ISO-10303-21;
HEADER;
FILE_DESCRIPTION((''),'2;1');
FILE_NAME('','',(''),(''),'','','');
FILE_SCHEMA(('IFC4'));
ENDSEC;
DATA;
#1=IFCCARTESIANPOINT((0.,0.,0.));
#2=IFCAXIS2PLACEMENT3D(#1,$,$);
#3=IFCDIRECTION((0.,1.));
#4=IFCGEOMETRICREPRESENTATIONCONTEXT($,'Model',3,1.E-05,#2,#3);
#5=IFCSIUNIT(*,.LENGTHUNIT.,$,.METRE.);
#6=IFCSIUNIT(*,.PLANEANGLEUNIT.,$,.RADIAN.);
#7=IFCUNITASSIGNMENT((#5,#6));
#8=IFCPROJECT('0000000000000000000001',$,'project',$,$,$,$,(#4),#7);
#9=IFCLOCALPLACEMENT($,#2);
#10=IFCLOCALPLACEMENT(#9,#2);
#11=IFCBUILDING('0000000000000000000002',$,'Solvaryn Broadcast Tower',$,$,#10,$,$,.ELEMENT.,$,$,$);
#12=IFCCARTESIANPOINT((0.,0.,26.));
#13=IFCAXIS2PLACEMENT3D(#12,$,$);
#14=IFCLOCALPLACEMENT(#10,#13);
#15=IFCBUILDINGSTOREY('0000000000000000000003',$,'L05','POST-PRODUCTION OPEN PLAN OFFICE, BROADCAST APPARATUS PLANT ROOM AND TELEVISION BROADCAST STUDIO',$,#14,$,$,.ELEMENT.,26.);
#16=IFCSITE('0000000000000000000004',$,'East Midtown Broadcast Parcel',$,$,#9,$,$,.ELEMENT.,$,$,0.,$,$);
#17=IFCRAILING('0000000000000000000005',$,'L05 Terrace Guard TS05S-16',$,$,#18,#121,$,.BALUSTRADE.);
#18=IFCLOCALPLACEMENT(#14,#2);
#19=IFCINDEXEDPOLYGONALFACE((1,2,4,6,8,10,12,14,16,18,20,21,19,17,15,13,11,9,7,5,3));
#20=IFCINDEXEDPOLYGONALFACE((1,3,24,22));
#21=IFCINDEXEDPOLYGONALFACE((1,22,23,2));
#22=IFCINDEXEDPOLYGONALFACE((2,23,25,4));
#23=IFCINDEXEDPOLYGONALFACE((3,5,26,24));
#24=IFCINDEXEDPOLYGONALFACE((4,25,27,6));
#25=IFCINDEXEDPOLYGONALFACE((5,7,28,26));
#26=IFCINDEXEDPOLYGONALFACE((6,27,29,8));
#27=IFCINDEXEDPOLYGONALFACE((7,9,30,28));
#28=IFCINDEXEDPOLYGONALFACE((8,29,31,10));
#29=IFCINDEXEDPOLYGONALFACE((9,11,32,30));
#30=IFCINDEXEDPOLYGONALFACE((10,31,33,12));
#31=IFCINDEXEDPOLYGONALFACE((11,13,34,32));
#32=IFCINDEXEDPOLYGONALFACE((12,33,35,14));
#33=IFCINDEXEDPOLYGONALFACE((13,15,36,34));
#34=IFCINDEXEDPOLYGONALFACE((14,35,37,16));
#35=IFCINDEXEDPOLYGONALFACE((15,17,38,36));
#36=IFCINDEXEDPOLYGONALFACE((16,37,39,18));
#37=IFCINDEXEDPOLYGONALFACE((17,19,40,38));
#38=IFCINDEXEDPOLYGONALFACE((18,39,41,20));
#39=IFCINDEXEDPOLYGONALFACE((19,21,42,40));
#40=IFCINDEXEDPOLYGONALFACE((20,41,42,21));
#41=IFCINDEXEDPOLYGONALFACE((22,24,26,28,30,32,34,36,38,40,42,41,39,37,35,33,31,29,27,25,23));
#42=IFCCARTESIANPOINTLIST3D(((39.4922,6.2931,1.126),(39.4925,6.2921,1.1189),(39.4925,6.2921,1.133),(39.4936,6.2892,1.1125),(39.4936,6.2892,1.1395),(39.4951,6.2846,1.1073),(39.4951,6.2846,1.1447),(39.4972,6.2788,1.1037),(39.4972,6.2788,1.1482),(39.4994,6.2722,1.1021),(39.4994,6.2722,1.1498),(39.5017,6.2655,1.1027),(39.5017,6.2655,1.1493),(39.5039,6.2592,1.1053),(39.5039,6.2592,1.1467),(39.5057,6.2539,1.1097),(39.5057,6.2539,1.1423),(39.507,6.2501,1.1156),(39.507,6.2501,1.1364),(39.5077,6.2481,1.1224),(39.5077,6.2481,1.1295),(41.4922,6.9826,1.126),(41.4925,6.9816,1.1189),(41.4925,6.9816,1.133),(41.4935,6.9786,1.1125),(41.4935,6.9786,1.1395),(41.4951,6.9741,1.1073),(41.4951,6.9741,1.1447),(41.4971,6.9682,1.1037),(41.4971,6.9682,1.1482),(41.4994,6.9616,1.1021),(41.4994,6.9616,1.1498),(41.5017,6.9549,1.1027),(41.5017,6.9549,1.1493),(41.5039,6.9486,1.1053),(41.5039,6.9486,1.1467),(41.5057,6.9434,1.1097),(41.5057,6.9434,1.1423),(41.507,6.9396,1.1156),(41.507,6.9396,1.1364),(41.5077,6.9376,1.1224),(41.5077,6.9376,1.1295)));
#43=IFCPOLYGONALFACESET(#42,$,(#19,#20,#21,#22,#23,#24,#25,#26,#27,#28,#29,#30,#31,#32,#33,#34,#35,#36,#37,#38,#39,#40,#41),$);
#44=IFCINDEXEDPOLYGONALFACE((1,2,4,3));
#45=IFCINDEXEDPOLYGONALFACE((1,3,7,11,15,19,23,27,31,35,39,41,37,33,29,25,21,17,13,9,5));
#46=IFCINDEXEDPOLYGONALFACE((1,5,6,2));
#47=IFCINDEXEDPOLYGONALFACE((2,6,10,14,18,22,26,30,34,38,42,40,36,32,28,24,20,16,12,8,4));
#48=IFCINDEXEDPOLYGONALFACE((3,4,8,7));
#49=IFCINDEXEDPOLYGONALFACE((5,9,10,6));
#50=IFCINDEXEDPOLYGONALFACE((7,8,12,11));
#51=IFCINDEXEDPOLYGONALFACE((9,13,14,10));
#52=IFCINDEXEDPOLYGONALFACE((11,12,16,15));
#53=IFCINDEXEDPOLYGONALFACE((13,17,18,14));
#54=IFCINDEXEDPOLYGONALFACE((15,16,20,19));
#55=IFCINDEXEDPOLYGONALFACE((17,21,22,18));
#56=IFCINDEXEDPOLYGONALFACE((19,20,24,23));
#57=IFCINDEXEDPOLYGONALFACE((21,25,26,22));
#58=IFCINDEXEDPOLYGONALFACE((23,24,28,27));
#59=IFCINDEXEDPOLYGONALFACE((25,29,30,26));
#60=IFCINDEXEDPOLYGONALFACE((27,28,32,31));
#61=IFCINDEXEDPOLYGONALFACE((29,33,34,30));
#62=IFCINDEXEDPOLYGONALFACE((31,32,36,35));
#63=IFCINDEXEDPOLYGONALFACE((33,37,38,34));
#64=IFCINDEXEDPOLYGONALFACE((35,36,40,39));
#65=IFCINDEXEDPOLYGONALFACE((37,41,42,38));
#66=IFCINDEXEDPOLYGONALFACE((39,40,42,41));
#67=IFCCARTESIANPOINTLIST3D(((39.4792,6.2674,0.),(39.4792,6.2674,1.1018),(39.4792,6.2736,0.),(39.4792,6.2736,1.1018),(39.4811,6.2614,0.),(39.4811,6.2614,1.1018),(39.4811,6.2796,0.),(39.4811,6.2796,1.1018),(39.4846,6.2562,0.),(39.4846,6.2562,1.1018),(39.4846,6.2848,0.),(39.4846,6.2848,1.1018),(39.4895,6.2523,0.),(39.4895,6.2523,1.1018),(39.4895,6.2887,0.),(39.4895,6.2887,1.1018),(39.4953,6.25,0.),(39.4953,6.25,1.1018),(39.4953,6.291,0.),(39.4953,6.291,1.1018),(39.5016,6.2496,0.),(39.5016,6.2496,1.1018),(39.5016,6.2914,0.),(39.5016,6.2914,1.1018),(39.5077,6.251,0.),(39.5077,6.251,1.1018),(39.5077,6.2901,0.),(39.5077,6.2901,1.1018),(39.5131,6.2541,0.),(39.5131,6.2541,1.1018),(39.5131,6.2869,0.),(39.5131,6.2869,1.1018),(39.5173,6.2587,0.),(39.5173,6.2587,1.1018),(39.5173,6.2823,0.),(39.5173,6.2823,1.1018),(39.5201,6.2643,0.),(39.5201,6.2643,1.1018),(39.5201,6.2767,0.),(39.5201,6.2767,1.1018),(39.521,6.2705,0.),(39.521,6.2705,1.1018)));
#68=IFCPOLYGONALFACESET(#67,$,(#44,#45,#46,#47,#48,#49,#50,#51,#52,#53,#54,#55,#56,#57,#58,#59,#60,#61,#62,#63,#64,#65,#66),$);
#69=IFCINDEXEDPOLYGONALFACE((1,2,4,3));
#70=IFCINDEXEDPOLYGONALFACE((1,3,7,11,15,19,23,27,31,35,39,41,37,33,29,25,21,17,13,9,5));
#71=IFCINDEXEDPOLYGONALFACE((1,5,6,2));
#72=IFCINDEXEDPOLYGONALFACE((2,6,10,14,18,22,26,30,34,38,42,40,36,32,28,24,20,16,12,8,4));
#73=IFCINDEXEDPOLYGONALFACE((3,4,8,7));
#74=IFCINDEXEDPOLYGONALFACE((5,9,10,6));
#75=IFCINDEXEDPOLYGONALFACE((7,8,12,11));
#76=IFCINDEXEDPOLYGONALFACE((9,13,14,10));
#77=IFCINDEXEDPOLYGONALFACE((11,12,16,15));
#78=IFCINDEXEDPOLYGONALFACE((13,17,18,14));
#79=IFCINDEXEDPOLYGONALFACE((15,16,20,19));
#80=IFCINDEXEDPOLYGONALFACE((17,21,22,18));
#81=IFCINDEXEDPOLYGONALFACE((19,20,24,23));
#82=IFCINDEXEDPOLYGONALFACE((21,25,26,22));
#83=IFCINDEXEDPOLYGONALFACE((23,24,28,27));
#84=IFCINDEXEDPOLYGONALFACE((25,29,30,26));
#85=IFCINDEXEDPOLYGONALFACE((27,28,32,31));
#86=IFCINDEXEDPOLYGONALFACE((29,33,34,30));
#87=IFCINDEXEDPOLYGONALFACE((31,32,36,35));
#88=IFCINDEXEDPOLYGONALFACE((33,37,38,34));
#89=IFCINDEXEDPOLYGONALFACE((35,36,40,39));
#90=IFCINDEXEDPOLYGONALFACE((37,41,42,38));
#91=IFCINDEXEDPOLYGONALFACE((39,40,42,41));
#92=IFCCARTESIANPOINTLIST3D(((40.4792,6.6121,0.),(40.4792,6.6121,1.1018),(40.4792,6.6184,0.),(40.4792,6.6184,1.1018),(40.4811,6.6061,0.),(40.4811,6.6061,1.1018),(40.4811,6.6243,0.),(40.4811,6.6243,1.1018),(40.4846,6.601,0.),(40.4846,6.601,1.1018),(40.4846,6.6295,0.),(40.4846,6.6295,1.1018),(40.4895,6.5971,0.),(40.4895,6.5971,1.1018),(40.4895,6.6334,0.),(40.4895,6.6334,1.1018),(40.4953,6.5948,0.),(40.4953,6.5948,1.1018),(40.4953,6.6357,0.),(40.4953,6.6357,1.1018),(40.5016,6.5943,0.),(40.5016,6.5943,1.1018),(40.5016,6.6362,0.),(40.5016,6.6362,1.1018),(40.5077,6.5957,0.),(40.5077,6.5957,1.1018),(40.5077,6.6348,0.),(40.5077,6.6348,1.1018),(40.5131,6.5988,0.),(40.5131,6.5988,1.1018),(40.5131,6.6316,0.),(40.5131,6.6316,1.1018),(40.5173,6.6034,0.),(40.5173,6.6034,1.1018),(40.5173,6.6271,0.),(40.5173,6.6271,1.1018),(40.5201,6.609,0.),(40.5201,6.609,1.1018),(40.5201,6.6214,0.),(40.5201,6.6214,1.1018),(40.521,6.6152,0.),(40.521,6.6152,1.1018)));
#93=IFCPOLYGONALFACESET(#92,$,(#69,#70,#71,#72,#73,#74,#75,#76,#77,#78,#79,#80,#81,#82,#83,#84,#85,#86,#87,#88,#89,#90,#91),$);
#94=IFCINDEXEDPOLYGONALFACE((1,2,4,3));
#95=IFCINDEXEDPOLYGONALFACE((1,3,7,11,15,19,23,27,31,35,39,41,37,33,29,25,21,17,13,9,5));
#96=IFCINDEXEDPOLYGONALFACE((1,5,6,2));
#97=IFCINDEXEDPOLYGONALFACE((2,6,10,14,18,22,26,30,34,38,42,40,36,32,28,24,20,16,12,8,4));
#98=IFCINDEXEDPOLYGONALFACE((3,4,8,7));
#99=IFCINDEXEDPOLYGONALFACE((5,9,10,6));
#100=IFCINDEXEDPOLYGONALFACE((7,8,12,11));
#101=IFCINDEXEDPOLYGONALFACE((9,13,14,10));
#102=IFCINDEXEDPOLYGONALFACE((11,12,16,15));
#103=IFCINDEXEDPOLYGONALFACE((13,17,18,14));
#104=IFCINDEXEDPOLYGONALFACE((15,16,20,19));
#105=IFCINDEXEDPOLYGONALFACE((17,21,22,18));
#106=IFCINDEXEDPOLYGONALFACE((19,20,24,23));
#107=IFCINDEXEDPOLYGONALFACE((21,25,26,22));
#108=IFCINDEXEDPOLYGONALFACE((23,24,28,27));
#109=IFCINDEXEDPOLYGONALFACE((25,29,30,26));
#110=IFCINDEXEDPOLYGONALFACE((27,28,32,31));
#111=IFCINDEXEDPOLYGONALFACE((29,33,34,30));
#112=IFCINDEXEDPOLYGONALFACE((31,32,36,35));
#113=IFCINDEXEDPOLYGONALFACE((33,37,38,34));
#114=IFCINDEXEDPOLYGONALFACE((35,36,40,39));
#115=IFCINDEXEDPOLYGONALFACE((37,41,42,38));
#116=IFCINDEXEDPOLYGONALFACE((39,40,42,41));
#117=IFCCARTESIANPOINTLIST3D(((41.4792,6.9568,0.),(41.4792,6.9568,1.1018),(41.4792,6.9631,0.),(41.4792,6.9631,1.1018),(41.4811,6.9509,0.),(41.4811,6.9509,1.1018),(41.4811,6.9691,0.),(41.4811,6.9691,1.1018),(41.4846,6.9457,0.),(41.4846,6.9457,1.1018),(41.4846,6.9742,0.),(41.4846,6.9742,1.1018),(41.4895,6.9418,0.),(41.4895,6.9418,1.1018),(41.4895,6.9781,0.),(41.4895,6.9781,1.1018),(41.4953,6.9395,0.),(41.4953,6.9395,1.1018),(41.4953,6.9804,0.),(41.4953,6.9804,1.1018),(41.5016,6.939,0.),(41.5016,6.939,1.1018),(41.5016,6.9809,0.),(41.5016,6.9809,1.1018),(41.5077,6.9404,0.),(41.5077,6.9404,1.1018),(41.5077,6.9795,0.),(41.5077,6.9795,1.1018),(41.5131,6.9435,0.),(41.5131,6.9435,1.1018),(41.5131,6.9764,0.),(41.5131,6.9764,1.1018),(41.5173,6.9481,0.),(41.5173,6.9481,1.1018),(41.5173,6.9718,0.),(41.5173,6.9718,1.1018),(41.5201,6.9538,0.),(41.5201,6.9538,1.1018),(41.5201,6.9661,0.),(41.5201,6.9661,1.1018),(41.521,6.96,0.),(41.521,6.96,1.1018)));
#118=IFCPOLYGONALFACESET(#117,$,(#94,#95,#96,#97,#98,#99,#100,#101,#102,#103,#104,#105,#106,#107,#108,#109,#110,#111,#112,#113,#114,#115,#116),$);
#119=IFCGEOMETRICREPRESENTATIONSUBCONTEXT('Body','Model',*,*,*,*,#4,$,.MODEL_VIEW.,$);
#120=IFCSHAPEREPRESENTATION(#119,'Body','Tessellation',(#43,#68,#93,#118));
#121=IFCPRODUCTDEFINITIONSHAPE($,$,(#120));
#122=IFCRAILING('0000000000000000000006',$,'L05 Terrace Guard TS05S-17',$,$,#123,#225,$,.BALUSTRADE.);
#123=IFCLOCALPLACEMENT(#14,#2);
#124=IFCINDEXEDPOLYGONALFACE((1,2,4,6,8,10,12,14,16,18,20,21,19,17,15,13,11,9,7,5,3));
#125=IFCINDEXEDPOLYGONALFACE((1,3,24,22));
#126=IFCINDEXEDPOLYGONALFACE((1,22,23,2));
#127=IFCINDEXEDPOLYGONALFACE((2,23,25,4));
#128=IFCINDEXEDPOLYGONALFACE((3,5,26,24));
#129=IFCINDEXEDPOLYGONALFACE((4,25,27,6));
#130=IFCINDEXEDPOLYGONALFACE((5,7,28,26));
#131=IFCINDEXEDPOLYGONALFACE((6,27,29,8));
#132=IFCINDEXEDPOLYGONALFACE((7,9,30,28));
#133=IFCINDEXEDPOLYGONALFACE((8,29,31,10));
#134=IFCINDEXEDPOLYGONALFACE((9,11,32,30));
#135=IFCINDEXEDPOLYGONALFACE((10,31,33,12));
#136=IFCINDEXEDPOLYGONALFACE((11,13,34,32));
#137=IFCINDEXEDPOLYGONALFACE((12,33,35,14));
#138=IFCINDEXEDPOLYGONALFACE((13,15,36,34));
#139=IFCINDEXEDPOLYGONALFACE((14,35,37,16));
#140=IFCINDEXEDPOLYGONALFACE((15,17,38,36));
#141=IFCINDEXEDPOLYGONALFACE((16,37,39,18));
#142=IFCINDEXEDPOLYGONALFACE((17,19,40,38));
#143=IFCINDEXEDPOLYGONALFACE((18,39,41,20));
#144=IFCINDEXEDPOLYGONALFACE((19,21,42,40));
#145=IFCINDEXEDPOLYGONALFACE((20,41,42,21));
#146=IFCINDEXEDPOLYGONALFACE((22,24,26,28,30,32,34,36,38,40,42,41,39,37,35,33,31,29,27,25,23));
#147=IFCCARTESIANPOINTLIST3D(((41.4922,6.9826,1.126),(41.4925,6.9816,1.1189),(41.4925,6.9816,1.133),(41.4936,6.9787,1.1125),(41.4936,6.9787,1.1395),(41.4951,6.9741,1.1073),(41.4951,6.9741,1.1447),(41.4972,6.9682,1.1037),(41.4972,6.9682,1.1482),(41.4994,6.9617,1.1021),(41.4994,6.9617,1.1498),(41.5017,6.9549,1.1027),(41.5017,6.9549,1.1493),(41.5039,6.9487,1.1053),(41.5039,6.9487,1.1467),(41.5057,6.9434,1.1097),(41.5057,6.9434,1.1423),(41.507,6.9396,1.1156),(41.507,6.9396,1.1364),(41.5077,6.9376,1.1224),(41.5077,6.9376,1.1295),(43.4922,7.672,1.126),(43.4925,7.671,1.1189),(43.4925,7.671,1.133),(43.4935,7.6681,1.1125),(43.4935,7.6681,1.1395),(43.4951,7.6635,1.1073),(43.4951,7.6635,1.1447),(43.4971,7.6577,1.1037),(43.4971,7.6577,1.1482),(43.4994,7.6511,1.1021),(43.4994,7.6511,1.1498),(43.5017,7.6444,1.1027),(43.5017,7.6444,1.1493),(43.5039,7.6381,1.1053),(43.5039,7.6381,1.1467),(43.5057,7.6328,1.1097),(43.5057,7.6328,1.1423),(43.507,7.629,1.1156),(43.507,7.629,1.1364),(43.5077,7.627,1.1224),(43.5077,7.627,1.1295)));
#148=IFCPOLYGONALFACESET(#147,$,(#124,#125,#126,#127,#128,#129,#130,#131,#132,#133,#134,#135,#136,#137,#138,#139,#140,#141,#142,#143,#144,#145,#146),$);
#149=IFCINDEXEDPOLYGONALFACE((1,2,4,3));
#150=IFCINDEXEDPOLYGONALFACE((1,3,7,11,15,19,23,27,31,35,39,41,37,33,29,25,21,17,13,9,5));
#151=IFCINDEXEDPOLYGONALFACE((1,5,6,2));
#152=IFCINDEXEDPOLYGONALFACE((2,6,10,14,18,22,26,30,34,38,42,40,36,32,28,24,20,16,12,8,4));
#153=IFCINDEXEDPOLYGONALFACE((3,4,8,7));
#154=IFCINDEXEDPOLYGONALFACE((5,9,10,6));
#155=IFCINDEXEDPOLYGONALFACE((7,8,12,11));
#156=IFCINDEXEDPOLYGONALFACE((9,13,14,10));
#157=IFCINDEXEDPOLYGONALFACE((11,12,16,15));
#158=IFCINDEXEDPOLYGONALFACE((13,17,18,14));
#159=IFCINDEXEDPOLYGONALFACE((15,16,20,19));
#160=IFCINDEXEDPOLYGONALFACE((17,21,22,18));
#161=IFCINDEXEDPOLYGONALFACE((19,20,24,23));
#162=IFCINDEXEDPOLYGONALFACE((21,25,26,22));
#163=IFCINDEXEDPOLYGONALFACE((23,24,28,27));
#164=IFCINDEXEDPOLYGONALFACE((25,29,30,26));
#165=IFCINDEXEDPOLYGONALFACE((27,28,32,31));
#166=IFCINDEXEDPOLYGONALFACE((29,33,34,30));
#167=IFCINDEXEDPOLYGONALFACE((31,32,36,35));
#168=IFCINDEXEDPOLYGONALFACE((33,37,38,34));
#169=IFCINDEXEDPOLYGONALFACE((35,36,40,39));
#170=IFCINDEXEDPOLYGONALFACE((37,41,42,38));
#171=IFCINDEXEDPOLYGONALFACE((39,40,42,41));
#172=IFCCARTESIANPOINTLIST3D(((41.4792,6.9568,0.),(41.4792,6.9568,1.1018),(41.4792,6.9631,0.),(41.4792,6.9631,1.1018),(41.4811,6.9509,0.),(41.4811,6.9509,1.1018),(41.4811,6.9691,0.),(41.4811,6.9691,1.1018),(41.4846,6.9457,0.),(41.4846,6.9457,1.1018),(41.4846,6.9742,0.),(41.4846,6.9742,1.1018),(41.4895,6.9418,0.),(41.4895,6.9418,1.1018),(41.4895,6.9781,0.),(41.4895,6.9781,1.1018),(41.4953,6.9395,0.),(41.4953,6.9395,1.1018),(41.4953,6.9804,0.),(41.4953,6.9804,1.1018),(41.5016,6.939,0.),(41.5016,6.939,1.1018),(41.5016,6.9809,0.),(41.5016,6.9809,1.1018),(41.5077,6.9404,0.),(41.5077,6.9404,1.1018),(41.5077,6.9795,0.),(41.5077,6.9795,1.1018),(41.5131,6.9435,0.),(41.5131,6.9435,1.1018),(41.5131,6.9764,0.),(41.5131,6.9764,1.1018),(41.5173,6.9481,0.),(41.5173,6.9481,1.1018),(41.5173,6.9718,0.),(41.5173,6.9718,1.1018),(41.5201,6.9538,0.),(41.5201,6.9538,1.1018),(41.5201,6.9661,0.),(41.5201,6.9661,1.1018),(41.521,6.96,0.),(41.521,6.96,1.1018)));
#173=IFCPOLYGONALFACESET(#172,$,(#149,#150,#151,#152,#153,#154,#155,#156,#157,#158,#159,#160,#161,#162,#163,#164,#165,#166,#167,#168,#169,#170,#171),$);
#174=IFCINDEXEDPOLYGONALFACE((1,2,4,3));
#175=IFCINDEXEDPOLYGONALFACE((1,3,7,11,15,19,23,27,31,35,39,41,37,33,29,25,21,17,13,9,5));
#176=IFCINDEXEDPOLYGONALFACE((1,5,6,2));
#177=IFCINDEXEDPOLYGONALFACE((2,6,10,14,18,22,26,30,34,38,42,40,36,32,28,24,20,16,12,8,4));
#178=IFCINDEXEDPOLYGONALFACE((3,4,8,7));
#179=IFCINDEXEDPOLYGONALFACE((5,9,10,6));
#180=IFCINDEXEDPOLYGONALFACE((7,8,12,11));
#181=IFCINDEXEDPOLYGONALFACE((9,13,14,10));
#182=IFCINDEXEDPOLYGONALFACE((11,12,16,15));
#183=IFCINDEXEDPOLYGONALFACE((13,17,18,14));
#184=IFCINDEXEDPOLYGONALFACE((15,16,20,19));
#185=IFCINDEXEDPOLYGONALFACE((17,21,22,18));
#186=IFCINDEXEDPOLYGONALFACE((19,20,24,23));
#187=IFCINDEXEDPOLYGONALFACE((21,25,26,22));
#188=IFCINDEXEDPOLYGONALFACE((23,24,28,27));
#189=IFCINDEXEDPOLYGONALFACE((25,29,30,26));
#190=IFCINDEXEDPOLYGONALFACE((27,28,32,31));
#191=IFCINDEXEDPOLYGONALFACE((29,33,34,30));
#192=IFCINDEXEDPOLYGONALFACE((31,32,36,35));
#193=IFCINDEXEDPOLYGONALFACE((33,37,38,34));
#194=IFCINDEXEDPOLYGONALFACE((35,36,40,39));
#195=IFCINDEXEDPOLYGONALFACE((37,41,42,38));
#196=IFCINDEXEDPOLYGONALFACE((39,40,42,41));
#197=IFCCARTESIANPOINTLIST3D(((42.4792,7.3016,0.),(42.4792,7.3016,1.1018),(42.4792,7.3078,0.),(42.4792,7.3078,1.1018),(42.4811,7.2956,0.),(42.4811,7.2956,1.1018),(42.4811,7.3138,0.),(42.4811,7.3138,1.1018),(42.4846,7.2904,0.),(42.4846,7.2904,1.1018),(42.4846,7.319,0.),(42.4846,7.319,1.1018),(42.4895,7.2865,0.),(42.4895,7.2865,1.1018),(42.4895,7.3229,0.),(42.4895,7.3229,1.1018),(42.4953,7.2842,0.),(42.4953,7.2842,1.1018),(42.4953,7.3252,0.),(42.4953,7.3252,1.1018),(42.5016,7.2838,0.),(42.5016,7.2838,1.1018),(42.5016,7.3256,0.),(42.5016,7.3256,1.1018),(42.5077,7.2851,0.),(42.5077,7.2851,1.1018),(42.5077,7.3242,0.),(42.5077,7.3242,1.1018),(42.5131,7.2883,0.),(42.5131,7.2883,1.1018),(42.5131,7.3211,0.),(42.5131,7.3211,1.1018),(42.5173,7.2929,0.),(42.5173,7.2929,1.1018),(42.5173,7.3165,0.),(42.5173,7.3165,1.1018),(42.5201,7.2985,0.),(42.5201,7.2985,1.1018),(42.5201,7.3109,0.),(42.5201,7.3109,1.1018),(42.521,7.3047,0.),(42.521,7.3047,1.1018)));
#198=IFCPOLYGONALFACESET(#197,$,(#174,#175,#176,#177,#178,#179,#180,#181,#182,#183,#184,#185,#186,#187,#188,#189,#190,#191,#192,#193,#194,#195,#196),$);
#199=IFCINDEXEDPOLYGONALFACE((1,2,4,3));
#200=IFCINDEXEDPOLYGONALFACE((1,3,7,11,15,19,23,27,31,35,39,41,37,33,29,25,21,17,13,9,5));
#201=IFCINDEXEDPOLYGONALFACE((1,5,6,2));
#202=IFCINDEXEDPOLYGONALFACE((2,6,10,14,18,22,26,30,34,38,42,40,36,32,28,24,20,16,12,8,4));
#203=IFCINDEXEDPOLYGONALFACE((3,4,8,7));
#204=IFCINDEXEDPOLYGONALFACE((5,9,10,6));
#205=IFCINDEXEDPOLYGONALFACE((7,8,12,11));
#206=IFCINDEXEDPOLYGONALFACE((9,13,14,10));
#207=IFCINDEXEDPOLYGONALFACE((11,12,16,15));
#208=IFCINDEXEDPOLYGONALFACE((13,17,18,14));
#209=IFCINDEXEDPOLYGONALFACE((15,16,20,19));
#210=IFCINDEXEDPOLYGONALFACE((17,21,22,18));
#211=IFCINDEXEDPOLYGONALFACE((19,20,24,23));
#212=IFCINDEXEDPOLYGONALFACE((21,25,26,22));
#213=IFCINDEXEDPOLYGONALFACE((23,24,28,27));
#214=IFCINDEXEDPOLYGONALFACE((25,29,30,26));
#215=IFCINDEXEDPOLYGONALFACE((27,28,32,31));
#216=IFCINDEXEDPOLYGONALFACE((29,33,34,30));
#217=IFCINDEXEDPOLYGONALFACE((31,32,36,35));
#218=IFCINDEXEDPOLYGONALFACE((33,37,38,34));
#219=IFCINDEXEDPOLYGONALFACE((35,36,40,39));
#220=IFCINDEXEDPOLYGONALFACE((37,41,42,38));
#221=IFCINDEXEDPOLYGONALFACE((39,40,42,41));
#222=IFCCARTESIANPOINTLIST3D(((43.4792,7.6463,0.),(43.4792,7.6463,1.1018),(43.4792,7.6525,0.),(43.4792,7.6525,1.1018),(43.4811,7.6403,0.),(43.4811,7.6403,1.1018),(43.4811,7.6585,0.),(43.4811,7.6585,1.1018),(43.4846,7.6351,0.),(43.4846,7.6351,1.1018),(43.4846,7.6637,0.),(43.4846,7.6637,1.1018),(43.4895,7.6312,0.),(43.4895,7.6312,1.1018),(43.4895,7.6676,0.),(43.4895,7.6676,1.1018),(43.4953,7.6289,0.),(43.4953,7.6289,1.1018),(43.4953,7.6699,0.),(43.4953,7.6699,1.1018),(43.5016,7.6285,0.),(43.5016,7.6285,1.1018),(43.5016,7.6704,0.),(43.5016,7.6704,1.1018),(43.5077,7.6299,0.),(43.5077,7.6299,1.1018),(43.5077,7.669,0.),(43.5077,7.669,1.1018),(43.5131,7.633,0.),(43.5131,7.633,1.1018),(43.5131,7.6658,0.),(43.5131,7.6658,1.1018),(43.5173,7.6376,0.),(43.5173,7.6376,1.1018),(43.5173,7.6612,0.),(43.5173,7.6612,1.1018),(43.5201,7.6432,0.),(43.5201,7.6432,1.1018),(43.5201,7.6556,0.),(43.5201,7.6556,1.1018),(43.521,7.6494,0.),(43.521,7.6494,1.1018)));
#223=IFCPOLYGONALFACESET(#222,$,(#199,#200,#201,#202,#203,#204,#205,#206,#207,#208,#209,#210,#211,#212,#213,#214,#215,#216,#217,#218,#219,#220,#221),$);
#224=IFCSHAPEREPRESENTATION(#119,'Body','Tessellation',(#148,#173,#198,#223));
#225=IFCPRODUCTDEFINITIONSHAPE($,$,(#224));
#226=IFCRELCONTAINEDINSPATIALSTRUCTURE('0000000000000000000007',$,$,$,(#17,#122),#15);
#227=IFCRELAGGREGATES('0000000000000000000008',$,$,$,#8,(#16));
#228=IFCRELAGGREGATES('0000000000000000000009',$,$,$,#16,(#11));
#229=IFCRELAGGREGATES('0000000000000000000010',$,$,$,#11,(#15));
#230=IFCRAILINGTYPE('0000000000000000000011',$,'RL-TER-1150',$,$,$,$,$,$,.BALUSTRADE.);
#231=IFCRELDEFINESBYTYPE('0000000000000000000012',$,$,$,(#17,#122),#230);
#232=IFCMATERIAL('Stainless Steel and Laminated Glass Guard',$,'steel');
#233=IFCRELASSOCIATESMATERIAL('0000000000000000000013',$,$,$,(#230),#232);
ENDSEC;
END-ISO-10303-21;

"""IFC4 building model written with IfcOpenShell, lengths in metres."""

from ifc_helpers import new_model, si_unit, direction, frame, origin, origin_2d, place, context, subcontext, project, spatial, circle, extrude, material, type_object, element, save


model = new_model("IFC4")

# Units and contexts
model_context = context("Model", 3, precision=1e-05, world=origin(), true_north=direction((0.0, 1.0)))
body_context = subcontext(model_context, "Body", "Model", "MODEL_VIEW")
ifc_project = project(units=[si_unit("LENGTHUNIT", "METRE"), si_unit("PLANEANGLEUNIT", "RADIAN")], contexts=[model_context])

# Site, building, storey
site_placement = place(None, origin())
site = spatial("IfcSite", under=ifc_project, at=site_placement, Name="East Midtown Broadcast Parcel", CompositionType="ELEMENT", RefElevation=0.0)
building_placement = place(site_placement, origin())
building = spatial("IfcBuilding", under=site, at=building_placement, Name="Solvaryn Broadcast Tower", CompositionType="ELEMENT")
storey_placement = place(building_placement, frame((0.0, 0.0, 26.0)))
storey = spatial("IfcBuildingStorey", under=building, at=storey_placement, Name="L05", Description="POST-PRODUCTION OPEN PLAN OFFICE, BROADCAST APPARATUS PLANT ROOM AND TELEVISION BROADCAST STUDIO", CompositionType="ELEMENT", Elevation=26.0)

# Railings
ifc_material_1 = material(Name="Stainless Steel and Laminated Glass Guard", Category="steel")
railing_type = type_object("IfcRailingType", Name="RL-TER-1150", PredefinedType="BALUSTRADE", material=ifc_material_1)
for number, where, name in (
    (1, (39.5, 6.2705, 0.0), "L05 Terrace Guard TS05S-16"),
    (2, (41.5, 6.96, 0.0), "L05 Terrace Guard TS05S-17"),
):
    element("IfcRailing", number, at=place(storey_placement, frame(where)), inside=storey, type_object=railing_type, Name=name, PredefinedType="BALUSTRADE", context=body_context, shape_type="SweptSolid", body=[
        extrude(circle(Radius=0.0239, at=origin_2d()), frame((0.0, 0.0, 1.126), z_axis=(0.945402, 0.325905, 0.0), x_axis=(-0.325905, 0.945402, 0.0)), (0.0, 0.0, 1.0), 2.1155),
        extrude(circle(Radius=0.021, at=origin_2d()), origin(), (0.0, 0.0, 1.0), 1.1018),
        extrude(circle(Radius=0.021, at=origin_2d()), frame((1.0, 0.3447, 0.0)), (0.0, 0.0, 1.0), 1.1018),
        extrude(circle(Radius=0.021, at=origin_2d()), frame((2.0, 0.6895, 0.0)), (0.0, 0.0, 1.0), 1.1018),
    ])

save(model, "model.ifc")
